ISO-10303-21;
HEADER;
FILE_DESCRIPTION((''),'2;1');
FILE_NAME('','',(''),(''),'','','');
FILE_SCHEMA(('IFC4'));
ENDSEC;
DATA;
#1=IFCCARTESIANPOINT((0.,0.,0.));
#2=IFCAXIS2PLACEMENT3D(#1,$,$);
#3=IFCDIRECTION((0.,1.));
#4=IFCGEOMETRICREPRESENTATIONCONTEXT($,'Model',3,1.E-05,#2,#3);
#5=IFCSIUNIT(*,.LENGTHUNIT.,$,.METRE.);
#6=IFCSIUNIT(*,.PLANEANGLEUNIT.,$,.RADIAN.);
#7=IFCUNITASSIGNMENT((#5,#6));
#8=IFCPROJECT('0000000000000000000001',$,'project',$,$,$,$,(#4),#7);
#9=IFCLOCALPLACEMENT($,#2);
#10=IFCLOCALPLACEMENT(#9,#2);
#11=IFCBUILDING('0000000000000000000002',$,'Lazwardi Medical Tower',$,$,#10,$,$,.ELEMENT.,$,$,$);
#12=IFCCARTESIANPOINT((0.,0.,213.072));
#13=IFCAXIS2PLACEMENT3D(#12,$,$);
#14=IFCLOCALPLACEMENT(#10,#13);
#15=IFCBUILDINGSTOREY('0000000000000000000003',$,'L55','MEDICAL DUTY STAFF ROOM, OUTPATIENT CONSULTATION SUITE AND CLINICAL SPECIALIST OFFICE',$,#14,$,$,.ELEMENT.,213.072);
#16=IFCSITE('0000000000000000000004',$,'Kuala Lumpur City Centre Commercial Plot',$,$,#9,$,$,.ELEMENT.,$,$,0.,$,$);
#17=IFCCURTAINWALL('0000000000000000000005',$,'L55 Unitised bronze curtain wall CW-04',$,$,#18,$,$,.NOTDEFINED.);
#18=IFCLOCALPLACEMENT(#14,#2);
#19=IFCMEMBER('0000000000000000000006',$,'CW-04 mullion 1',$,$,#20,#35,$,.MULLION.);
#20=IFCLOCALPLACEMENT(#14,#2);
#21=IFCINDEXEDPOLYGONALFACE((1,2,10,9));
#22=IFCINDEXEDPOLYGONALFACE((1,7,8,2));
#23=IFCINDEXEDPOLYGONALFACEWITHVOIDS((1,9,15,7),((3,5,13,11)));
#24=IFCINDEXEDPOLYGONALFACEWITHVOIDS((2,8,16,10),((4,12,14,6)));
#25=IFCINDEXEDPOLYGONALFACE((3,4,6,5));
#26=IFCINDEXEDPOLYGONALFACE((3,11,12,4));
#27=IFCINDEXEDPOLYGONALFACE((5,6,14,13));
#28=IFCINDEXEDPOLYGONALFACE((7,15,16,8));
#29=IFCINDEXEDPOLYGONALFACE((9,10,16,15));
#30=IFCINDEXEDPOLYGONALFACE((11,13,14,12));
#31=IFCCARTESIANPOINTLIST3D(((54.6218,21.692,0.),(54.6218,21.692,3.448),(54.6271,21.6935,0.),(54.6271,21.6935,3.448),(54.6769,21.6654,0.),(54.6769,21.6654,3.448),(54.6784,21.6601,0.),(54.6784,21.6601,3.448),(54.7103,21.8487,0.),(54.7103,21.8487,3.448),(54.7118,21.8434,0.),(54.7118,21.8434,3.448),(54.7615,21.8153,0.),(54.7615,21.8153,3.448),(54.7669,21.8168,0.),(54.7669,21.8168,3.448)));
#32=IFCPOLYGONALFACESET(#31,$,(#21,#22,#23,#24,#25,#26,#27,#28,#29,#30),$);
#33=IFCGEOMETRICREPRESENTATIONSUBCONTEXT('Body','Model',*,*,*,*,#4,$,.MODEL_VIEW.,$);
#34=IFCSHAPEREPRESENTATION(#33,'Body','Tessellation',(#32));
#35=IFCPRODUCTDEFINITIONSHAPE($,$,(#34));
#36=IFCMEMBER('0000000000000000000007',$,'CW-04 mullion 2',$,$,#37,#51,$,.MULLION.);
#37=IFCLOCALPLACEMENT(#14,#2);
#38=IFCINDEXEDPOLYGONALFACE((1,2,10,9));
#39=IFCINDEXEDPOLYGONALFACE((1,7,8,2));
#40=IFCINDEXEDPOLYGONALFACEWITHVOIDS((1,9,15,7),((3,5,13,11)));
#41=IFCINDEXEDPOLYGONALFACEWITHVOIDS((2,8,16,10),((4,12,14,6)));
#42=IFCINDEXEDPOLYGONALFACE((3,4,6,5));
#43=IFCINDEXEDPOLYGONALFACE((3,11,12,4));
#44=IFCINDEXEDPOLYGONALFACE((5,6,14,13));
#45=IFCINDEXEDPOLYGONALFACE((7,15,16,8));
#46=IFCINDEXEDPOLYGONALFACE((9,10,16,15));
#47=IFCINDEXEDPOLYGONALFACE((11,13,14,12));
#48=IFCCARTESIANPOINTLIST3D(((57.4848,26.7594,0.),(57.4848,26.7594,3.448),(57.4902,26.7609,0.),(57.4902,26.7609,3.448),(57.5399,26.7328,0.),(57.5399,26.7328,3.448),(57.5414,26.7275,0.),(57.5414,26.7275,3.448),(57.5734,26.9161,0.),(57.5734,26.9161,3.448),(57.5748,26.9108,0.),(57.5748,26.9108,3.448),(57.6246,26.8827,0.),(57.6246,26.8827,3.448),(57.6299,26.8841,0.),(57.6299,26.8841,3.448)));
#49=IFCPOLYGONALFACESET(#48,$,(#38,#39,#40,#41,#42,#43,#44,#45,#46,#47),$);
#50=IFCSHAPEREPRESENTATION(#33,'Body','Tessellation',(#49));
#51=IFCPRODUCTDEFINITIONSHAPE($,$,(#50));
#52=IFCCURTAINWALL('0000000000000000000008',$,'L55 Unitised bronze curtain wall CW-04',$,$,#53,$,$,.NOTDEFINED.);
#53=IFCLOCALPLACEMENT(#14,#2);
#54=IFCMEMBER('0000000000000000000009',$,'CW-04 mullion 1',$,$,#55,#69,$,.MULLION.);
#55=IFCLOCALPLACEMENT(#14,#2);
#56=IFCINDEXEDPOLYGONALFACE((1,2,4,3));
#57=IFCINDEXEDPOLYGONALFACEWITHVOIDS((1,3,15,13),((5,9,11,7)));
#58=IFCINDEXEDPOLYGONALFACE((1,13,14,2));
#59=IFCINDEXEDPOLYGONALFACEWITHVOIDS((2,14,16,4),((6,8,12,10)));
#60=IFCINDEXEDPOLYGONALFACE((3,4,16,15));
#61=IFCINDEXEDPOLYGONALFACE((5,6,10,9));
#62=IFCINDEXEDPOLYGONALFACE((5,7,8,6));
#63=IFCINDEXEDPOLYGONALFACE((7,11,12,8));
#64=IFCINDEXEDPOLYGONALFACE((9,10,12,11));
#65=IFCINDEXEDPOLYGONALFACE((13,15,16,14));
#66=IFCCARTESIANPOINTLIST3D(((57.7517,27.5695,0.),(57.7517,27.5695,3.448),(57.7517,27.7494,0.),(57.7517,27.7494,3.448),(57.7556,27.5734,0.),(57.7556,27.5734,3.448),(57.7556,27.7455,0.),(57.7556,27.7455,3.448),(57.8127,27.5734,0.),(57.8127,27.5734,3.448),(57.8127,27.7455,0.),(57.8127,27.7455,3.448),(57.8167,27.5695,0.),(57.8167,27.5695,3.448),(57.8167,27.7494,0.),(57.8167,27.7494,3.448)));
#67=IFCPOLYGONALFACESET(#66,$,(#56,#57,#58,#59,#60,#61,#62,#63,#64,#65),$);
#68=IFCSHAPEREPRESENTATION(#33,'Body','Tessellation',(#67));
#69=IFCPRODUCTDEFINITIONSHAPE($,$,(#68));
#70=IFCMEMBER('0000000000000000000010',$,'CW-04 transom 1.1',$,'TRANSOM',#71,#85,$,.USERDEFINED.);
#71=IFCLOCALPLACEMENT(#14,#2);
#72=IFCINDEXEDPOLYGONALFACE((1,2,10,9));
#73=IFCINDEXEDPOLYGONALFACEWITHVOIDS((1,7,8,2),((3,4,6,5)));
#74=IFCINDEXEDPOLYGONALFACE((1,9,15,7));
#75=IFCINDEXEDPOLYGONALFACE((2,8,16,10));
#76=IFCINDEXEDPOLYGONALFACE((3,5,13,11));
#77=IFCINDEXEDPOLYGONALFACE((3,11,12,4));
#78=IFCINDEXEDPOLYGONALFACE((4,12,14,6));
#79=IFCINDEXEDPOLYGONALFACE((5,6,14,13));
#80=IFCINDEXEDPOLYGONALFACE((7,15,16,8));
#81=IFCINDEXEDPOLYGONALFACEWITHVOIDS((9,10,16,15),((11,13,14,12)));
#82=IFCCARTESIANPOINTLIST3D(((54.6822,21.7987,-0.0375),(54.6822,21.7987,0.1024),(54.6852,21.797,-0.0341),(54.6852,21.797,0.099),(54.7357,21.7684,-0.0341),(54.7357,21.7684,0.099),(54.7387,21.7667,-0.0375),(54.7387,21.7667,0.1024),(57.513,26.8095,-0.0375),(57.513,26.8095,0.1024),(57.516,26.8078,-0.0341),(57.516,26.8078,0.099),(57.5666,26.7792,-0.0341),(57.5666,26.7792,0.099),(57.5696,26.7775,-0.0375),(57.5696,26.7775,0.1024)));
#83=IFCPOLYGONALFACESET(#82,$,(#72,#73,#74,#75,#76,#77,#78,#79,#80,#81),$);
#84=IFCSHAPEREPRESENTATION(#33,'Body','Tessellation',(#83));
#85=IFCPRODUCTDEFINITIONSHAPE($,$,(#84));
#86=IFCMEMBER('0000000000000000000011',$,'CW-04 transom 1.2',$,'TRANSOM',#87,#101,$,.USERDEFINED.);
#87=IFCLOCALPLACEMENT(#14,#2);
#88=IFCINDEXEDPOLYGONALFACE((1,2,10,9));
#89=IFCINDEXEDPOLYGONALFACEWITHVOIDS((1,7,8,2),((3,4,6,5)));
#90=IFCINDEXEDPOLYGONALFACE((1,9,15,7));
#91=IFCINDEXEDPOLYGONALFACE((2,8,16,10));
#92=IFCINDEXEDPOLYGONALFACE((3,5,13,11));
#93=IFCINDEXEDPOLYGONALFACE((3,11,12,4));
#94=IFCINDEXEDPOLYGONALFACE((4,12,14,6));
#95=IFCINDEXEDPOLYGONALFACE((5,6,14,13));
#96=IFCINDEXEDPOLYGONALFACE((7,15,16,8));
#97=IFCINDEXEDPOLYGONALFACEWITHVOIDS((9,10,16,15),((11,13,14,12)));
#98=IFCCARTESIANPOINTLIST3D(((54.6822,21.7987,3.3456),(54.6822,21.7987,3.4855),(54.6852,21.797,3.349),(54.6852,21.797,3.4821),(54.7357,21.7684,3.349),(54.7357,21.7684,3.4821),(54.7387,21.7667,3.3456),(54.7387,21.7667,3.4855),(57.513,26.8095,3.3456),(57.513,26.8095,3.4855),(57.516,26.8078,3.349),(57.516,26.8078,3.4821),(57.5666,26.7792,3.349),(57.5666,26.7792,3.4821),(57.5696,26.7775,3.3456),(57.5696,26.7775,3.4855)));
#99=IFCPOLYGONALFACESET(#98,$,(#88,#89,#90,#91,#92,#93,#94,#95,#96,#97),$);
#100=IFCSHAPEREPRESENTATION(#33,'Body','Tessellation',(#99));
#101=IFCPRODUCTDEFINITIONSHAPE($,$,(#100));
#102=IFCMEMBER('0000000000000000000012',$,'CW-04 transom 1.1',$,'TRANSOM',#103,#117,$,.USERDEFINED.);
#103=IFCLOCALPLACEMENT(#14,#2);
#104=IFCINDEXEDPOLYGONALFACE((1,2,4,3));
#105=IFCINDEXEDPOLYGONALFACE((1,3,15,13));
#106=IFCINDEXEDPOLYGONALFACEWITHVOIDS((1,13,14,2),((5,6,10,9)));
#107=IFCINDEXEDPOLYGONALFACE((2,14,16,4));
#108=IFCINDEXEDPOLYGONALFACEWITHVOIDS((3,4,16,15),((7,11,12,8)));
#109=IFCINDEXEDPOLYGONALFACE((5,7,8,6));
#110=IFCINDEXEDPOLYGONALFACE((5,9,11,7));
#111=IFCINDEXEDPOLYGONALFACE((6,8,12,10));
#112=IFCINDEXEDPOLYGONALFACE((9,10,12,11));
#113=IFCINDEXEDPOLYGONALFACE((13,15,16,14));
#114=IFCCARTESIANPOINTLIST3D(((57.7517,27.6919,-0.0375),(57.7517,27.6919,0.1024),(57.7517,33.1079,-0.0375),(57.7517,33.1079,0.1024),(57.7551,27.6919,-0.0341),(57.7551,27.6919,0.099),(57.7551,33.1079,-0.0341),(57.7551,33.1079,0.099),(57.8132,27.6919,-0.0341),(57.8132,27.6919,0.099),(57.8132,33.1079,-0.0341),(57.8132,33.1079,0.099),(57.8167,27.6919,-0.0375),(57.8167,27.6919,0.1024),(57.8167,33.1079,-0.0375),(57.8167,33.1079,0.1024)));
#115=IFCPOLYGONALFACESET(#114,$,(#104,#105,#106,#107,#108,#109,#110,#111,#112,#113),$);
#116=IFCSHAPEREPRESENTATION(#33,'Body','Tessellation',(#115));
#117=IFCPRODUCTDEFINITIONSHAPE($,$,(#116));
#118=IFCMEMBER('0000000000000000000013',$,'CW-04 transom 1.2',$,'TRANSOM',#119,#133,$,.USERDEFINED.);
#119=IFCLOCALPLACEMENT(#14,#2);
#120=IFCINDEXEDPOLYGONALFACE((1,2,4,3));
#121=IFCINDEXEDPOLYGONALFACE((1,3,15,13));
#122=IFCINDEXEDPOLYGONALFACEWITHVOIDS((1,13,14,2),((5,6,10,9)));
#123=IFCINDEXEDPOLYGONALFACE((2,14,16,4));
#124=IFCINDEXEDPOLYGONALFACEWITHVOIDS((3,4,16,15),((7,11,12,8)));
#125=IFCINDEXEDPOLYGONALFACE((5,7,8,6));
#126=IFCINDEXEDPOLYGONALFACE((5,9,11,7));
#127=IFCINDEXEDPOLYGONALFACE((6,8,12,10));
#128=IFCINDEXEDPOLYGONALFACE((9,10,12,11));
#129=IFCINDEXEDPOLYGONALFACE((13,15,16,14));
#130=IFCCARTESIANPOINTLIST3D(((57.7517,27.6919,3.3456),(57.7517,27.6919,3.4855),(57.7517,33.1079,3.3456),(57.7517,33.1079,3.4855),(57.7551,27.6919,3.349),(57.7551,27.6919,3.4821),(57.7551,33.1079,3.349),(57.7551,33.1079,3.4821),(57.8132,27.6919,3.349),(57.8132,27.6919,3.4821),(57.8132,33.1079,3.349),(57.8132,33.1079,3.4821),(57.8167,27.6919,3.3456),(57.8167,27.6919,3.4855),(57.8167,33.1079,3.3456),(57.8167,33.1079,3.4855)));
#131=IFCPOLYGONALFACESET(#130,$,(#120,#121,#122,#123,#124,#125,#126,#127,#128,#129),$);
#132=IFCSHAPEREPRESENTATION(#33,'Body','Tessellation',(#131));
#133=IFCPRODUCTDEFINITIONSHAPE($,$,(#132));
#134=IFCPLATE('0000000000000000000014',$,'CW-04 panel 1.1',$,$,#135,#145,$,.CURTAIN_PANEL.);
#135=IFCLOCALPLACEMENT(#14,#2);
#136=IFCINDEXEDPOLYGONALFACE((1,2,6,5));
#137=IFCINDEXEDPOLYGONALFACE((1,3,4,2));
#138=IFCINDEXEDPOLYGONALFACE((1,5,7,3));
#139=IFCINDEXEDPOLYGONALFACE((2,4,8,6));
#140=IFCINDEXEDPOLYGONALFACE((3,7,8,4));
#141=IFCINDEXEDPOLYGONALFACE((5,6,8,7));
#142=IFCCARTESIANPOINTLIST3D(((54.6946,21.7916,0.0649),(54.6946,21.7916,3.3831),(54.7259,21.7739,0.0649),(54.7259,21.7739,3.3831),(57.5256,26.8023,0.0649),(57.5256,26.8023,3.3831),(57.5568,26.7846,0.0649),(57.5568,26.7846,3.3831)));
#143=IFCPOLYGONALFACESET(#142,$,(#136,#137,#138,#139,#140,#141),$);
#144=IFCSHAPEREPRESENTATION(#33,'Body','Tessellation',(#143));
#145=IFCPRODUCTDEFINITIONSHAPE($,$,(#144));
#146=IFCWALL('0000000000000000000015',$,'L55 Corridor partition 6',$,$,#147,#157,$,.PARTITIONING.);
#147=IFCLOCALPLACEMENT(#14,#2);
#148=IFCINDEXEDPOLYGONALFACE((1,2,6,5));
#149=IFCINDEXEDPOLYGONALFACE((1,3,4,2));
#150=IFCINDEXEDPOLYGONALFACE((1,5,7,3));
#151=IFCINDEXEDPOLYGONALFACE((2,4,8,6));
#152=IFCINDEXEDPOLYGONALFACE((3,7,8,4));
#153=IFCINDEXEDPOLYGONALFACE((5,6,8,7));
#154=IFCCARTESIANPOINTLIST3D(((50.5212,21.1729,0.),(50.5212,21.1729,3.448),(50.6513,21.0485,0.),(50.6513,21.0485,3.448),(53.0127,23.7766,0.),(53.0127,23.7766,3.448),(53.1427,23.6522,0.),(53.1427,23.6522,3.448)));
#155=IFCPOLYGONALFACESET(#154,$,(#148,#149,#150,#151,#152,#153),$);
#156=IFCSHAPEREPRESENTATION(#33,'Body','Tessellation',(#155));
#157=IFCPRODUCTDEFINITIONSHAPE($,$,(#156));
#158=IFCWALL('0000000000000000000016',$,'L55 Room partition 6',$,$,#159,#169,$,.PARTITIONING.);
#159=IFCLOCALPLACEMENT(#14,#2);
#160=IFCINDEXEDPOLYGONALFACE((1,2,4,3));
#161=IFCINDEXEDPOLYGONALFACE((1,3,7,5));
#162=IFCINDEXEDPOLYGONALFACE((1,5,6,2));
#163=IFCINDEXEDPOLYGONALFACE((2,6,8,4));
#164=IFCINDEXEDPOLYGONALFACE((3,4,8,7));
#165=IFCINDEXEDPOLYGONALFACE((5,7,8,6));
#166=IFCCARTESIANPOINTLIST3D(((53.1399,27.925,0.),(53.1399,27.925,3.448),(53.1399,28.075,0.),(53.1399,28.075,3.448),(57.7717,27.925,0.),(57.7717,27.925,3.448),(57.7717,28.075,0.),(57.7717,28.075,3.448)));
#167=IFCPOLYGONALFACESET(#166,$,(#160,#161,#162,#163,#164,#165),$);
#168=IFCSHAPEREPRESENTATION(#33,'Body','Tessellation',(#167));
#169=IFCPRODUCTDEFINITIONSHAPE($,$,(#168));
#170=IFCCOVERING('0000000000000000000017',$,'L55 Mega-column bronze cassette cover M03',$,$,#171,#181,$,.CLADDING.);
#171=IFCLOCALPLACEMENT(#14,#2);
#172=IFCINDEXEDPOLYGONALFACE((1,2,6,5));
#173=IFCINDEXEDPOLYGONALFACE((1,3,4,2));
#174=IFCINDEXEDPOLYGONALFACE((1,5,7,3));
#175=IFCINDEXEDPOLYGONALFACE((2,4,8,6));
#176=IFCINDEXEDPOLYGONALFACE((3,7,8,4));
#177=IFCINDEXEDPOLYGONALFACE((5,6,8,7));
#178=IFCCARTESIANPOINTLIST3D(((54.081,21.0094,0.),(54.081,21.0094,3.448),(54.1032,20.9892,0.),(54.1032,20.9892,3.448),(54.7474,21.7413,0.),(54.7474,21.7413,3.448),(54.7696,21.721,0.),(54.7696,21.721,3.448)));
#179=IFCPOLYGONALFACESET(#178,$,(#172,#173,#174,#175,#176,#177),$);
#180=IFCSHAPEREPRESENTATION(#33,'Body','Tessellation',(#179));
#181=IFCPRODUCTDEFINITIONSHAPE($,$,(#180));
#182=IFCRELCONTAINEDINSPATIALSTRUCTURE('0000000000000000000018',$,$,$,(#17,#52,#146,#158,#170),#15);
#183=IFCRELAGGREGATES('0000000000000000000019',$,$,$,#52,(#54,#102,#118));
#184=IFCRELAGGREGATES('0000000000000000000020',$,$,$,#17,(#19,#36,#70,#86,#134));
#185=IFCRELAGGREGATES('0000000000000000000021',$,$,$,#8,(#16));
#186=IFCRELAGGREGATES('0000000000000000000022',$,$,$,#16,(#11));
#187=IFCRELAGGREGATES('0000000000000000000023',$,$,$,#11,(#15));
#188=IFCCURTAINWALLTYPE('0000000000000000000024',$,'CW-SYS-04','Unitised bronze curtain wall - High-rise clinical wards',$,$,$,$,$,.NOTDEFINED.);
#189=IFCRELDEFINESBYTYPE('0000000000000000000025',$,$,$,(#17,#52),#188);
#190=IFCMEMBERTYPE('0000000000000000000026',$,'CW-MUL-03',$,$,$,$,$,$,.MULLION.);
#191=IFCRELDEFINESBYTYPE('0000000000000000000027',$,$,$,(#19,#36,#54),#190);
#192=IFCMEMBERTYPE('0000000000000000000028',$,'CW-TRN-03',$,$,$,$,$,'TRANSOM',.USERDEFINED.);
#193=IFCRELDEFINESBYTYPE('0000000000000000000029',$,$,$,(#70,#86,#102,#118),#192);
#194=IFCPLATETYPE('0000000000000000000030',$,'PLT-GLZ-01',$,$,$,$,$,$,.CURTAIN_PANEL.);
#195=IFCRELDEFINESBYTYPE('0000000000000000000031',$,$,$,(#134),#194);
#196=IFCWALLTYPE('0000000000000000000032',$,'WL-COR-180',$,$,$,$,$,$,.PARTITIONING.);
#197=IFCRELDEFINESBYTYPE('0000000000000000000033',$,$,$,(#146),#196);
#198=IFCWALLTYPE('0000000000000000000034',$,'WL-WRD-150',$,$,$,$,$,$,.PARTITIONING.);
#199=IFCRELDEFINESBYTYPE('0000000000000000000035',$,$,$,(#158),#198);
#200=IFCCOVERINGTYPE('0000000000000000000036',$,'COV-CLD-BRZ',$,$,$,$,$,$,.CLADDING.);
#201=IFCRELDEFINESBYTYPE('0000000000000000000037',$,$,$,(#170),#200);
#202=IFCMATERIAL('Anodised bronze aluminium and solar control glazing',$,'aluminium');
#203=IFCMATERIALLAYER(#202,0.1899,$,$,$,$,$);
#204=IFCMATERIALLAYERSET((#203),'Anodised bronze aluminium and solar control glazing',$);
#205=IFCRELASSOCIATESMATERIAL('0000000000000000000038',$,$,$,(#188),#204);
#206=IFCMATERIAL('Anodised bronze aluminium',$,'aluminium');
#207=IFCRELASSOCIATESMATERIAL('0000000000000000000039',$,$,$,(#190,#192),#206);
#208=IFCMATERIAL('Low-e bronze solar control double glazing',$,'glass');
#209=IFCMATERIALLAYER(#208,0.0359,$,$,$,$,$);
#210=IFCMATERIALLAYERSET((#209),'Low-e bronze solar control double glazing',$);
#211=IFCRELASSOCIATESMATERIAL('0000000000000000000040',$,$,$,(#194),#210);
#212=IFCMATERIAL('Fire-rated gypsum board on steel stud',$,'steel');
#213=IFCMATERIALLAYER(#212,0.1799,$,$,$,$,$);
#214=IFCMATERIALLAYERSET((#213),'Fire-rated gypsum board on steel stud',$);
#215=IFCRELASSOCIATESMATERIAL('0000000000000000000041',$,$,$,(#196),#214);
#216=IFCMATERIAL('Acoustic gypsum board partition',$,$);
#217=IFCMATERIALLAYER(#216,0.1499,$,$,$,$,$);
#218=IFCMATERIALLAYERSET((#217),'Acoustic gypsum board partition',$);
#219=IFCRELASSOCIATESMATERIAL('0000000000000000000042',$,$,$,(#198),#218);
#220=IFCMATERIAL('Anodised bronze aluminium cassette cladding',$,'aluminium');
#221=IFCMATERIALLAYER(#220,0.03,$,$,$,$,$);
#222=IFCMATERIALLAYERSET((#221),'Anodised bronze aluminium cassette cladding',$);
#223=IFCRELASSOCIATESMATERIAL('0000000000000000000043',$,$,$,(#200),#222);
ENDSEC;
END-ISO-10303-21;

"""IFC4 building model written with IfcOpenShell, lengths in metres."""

from ifc_helpers import new_model, si_unit, direction, frame, frame_2d, origin, origin_2d, place, context, subcontext, project, spatial, rectangle, hollow_rectangle, extrude, material, layer, layer_set, material_profile, profile_set, type_object, element, aggregate, save


model = new_model("IFC4")

# Units and contexts
model_context = context("Model", 3, precision=1e-05, world=origin(), true_north=direction((0.0, 1.0)))
body_context = subcontext(model_context, "Body", "Model", "MODEL_VIEW")
ifc_project = project(units=[si_unit("LENGTHUNIT", "METRE"), si_unit("PLANEANGLEUNIT", "RADIAN")], contexts=[model_context])

# Site, building, storey
site_placement = place(None, origin())
site = spatial("IfcSite", under=ifc_project, at=site_placement, Name="Kuala Lumpur City Centre Commercial Plot", CompositionType="ELEMENT", RefElevation=0.0)
building_placement = place(site_placement, origin())
building = spatial("IfcBuilding", under=site, at=building_placement, Name="Lazwardi Medical Tower", CompositionType="ELEMENT")
storey_placement = place(building_placement, frame((0.0, 0.0, 213.072)))
storey = spatial("IfcBuildingStorey", under=building, at=storey_placement, Name="L55", Description="MEDICAL DUTY STAFF ROOM, OUTPATIENT CONSULTATION SUITE AND CLINICAL SPECIALIST OFFICE", CompositionType="ELEMENT", Elevation=213.072)

# Shared definitions
ifc_material_1 = material(Name="Anodised bronze aluminium and solar control glazing", Category="aluminium")
ifc_layer_1 = layer(ifc_material_1, 0.1899)
ifc_layer_set_1 = layer_set([ifc_layer_1], Name="Anodised bronze aluminium and solar control glazing")
curtain_wall_type = type_object("IfcCurtainWallType", Name="CW-SYS-04", Description="Unitised bronze curtain wall - High-rise clinical wards", PredefinedType="NOTDEFINED", material=ifc_layer_set_1)
ifc_material_2 = material(Name="Anodised bronze aluminium", Category="aluminium")
ifc_material_profile_1 = material_profile(ifc_material_2, hollow_rectangle(XDim=0.0649, YDim=0.1799, WallThickness=0.0039, at=origin_2d()), Name="ALU-MULLION 180x65x4")
ifc_profile_set_1 = profile_set([ifc_material_profile_1], Name="Anodised bronze aluminium")
member_type_1 = type_object("IfcMemberType", Name="CW-MUL-03", PredefinedType="MULLION", material=ifc_profile_set_1)

# Curtain wall, members
curtain_wall_1_placement = place(storey_placement, origin())
curtain_wall_1 = element("IfcCurtainWall", 1, at=curtain_wall_1_placement, inside=storey, type_object=curtain_wall_type, Name="L55 Unitised bronze curtain wall CW-04", PredefinedType="NOTDEFINED")
member_1_placement = place(storey_placement, frame((54.6943, 21.7544, 0.0), z_axis=(0.0, 0.0, 1.0), x_axis=(-0.870651, 0.4919, 0.0)))
member_1 = element("IfcMember", 2, at=member_1_placement, type_object=member_type_1, Name="CW-04 mullion 1", PredefinedType="MULLION", context=body_context, shape_type="SweptSolid", body=[
    extrude(hollow_rectangle(XDim=0.0649, YDim=0.1799, WallThickness=0.0039, at=origin_2d()), origin(), (0.0, 0.0, 1.0), 3.448),
])
member_2_placement = place(storey_placement, frame((57.5574, 26.8218, 0.0), z_axis=(0.0, 0.0, 1.0), x_axis=(-0.870651, 0.4919, 0.0)))
member_2 = element("IfcMember", 3, at=member_2_placement, type_object=member_type_1, Name="CW-04 mullion 2", PredefinedType="MULLION", context=body_context, shape_type="SweptSolid", body=[
    extrude(hollow_rectangle(XDim=0.0649, YDim=0.1799, WallThickness=0.0039, at=origin_2d()), origin(), (0.0, 0.0, 1.0), 3.448),
])

# Curtain wall, member
curtain_wall_2_placement = place(storey_placement, origin())
curtain_wall_2 = element("IfcCurtainWall", 4, at=curtain_wall_2_placement, inside=storey, type_object=curtain_wall_type, Name="L55 Unitised bronze curtain wall CW-04", PredefinedType="NOTDEFINED")
member_3_placement = place(storey_placement, frame((57.7842, 27.6594, 0.0), z_axis=(0.0, 0.0, 1.0), x_axis=(-1.0, 0.0, 0.0)))
member_3 = element("IfcMember", 5, at=member_3_placement, type_object=member_type_1, Name="CW-04 mullion 1", PredefinedType="MULLION", context=body_context, shape_type="SweptSolid", body=[
    extrude(hollow_rectangle(XDim=0.0649, YDim=0.1799, WallThickness=0.0039, at=origin_2d()), origin(), (0.0, 0.0, 1.0), 3.448),
])

# Members
ifc_material_profile_2 = material_profile(ifc_material_2, hollow_rectangle(XDim=0.0649, YDim=0.1399, WallThickness=0.0034, at=origin_2d()), Name="ALU-TRANSOM 140x65x3.5")
ifc_profile_set_2 = profile_set([ifc_material_profile_2], Name="Anodised bronze aluminium")
member_type_2 = type_object("IfcMemberType", Name="CW-TRN-03", ElementType="TRANSOM", PredefinedType="USERDEFINED", material=ifc_profile_set_2)
member_4_placement = place(storey_placement, frame((54.7104, 21.7827, 0.0325), z_axis=(0.49188, 0.870663, 0.0), x_axis=(-0.870663, 0.49188, 0.0)))
member_4 = element("IfcMember", 6, at=member_4_placement, type_object=member_type_2, Name="CW-04 transom 1.1", ObjectType="TRANSOM", PredefinedType="USERDEFINED", context=body_context, shape_type="SweptSolid", body=[
    extrude(hollow_rectangle(XDim=0.0649, YDim=0.1399, WallThickness=0.0034, at=origin_2d()), origin(), (0.0, 0.0, 1.0), 5.7551),
])
member_5_placement = place(storey_placement, frame((54.7104, 21.7827, 3.4155), z_axis=(0.49188, 0.870663, 0.0), x_axis=(-0.870663, 0.49188, 0.0)))
member_5 = element("IfcMember", 7, at=member_5_placement, type_object=member_type_2, Name="CW-04 transom 1.2", ObjectType="TRANSOM", PredefinedType="USERDEFINED", context=body_context, shape_type="SweptSolid", body=[
    extrude(hollow_rectangle(XDim=0.0649, YDim=0.1399, WallThickness=0.0034, at=origin_2d()), origin(), (0.0, 0.0, 1.0), 5.7551),
])
member_6_placement = place(storey_placement, frame((57.7842, 27.6919, 0.0325), z_axis=(0.0, 1.0, 0.0), x_axis=(-1.0, 0.0, 0.0)))
member_6 = element("IfcMember", 8, at=member_6_placement, type_object=member_type_2, Name="CW-04 transom 1.1", ObjectType="TRANSOM", PredefinedType="USERDEFINED", context=body_context, shape_type="SweptSolid", body=[
    extrude(hollow_rectangle(XDim=0.0649, YDim=0.1399, WallThickness=0.0034, at=origin_2d()), origin(), (0.0, 0.0, 1.0), 5.416),
])
member_7_placement = place(storey_placement, frame((57.7842, 27.6919, 3.4155), z_axis=(0.0, 1.0, 0.0), x_axis=(-1.0, 0.0, 0.0)))
member_7 = element("IfcMember", 9, at=member_7_placement, type_object=member_type_2, Name="CW-04 transom 1.2", ObjectType="TRANSOM", PredefinedType="USERDEFINED", context=body_context, shape_type="SweptSolid", body=[
    extrude(hollow_rectangle(XDim=0.0649, YDim=0.1399, WallThickness=0.0034, at=origin_2d()), origin(), (0.0, 0.0, 1.0), 5.416),
])
aggregate(curtain_wall_2, [member_3, member_6, member_7])

# Plate
ifc_material_3 = material(Name="Low-e bronze solar control double glazing", Category="glass")
ifc_layer_2 = layer(ifc_material_3, 0.0359)
ifc_layer_set_2 = layer_set([ifc_layer_2], Name="Low-e bronze solar control double glazing")
plate_type = type_object("IfcPlateType", Name="PLT-GLZ-01", PredefinedType="CURTAIN_PANEL", material=ifc_layer_set_2)
plate_placement = place(storey_placement, frame((56.1257, 24.2881, 0.0649), z_axis=(0.0, 0.0, 1.0), x_axis=(0.4919, 0.870651, 0.0)))
plate = element("IfcPlate", 10, at=plate_placement, type_object=plate_type, Name="CW-04 panel 1.1", PredefinedType="CURTAIN_PANEL", context=body_context, shape_type="SweptSolid", body=[
    extrude(rectangle(XDim=5.7551, YDim=0.0359, at=origin_2d()), origin(), (0.0, 0.0, 1.0), 3.3181),
])
aggregate(curtain_wall_1, [member_1, member_2, member_4, member_5, plate])

# Walls
ifc_material_4 = material(Name="Fire-rated gypsum board on steel stud", Category="steel")
ifc_layer_3 = layer(ifc_material_4, 0.1799)
ifc_layer_set_3 = layer_set([ifc_layer_3], Name="Fire-rated gypsum board on steel stud")
wall_type_1 = type_object("IfcWallType", Name="WL-COR-180", PredefinedType="PARTITIONING", material=ifc_layer_set_3)
wall_1_placement = place(storey_placement, frame((53.0776, 23.7144, 0.0), z_axis=(0.0, 0.0, 1.0), x_axis=(-0.691353, -0.722517, 0.0)))
element("IfcWall", 11, at=wall_1_placement, inside=storey, type_object=wall_type_1, Name="L55 Corridor partition 6", PredefinedType="PARTITIONING", context=body_context, shape_type="SweptSolid", body=[
    extrude(rectangle(XDim=3.6038, YDim=0.1799, at=frame_2d((1.8018, 0.0))), origin(), (0.0, 0.0, 1.0), 3.448),
])
ifc_material_5 = material(Name="Acoustic gypsum board partition")
ifc_layer_4 = layer(ifc_material_5, 0.1499)
ifc_layer_set_4 = layer_set([ifc_layer_4], Name="Acoustic gypsum board partition")
wall_type_2 = type_object("IfcWallType", Name="WL-WRD-150", PredefinedType="PARTITIONING", material=ifc_layer_set_4)
wall_2_placement = place(storey_placement, frame((53.1399, 28.0, 0.0), z_axis=(0.0, 0.0, 1.0), x_axis=(1.0, 0.0, 0.0)))
element("IfcWall", 12, at=wall_2_placement, inside=storey, type_object=wall_type_2, Name="L55 Room partition 6", PredefinedType="PARTITIONING", context=body_context, shape_type="SweptSolid", body=[
    extrude(rectangle(XDim=4.6318, YDim=0.1499, at=frame_2d((2.3159, 0.0))), origin(), (0.0, 0.0, 1.0), 3.448),
])

# Covering
ifc_material_6 = material(Name="Anodised bronze aluminium cassette cladding", Category="aluminium")
ifc_layer_5 = layer(ifc_material_6, 0.03)
ifc_layer_set_5 = layer_set([ifc_layer_5], Name="Anodised bronze aluminium cassette cladding")
covering_type = type_object("IfcCoveringType", Name="COV-CLD-BRZ", PredefinedType="CLADDING", material=ifc_layer_set_5)
covering_1_placement = place(storey_placement, frame((54.4253, 21.3652, 0.0), z_axis=(0.0, 0.0, 1.0), x_axis=(0.673241, 0.739423, 0.0)))
element("IfcCovering", 13, at=covering_1_placement, inside=storey, type_object=covering_type, Name="L55 Mega-column bronze cassette cover M03", PredefinedType="CLADDING", context=body_context, shape_type="SweptSolid", body=[
    extrude(rectangle(XDim=0.9897, YDim=0.03, at=origin_2d()), origin(), (0.0, 0.0, 1.0), 3.448),
])

save(model, "model.ifc")
